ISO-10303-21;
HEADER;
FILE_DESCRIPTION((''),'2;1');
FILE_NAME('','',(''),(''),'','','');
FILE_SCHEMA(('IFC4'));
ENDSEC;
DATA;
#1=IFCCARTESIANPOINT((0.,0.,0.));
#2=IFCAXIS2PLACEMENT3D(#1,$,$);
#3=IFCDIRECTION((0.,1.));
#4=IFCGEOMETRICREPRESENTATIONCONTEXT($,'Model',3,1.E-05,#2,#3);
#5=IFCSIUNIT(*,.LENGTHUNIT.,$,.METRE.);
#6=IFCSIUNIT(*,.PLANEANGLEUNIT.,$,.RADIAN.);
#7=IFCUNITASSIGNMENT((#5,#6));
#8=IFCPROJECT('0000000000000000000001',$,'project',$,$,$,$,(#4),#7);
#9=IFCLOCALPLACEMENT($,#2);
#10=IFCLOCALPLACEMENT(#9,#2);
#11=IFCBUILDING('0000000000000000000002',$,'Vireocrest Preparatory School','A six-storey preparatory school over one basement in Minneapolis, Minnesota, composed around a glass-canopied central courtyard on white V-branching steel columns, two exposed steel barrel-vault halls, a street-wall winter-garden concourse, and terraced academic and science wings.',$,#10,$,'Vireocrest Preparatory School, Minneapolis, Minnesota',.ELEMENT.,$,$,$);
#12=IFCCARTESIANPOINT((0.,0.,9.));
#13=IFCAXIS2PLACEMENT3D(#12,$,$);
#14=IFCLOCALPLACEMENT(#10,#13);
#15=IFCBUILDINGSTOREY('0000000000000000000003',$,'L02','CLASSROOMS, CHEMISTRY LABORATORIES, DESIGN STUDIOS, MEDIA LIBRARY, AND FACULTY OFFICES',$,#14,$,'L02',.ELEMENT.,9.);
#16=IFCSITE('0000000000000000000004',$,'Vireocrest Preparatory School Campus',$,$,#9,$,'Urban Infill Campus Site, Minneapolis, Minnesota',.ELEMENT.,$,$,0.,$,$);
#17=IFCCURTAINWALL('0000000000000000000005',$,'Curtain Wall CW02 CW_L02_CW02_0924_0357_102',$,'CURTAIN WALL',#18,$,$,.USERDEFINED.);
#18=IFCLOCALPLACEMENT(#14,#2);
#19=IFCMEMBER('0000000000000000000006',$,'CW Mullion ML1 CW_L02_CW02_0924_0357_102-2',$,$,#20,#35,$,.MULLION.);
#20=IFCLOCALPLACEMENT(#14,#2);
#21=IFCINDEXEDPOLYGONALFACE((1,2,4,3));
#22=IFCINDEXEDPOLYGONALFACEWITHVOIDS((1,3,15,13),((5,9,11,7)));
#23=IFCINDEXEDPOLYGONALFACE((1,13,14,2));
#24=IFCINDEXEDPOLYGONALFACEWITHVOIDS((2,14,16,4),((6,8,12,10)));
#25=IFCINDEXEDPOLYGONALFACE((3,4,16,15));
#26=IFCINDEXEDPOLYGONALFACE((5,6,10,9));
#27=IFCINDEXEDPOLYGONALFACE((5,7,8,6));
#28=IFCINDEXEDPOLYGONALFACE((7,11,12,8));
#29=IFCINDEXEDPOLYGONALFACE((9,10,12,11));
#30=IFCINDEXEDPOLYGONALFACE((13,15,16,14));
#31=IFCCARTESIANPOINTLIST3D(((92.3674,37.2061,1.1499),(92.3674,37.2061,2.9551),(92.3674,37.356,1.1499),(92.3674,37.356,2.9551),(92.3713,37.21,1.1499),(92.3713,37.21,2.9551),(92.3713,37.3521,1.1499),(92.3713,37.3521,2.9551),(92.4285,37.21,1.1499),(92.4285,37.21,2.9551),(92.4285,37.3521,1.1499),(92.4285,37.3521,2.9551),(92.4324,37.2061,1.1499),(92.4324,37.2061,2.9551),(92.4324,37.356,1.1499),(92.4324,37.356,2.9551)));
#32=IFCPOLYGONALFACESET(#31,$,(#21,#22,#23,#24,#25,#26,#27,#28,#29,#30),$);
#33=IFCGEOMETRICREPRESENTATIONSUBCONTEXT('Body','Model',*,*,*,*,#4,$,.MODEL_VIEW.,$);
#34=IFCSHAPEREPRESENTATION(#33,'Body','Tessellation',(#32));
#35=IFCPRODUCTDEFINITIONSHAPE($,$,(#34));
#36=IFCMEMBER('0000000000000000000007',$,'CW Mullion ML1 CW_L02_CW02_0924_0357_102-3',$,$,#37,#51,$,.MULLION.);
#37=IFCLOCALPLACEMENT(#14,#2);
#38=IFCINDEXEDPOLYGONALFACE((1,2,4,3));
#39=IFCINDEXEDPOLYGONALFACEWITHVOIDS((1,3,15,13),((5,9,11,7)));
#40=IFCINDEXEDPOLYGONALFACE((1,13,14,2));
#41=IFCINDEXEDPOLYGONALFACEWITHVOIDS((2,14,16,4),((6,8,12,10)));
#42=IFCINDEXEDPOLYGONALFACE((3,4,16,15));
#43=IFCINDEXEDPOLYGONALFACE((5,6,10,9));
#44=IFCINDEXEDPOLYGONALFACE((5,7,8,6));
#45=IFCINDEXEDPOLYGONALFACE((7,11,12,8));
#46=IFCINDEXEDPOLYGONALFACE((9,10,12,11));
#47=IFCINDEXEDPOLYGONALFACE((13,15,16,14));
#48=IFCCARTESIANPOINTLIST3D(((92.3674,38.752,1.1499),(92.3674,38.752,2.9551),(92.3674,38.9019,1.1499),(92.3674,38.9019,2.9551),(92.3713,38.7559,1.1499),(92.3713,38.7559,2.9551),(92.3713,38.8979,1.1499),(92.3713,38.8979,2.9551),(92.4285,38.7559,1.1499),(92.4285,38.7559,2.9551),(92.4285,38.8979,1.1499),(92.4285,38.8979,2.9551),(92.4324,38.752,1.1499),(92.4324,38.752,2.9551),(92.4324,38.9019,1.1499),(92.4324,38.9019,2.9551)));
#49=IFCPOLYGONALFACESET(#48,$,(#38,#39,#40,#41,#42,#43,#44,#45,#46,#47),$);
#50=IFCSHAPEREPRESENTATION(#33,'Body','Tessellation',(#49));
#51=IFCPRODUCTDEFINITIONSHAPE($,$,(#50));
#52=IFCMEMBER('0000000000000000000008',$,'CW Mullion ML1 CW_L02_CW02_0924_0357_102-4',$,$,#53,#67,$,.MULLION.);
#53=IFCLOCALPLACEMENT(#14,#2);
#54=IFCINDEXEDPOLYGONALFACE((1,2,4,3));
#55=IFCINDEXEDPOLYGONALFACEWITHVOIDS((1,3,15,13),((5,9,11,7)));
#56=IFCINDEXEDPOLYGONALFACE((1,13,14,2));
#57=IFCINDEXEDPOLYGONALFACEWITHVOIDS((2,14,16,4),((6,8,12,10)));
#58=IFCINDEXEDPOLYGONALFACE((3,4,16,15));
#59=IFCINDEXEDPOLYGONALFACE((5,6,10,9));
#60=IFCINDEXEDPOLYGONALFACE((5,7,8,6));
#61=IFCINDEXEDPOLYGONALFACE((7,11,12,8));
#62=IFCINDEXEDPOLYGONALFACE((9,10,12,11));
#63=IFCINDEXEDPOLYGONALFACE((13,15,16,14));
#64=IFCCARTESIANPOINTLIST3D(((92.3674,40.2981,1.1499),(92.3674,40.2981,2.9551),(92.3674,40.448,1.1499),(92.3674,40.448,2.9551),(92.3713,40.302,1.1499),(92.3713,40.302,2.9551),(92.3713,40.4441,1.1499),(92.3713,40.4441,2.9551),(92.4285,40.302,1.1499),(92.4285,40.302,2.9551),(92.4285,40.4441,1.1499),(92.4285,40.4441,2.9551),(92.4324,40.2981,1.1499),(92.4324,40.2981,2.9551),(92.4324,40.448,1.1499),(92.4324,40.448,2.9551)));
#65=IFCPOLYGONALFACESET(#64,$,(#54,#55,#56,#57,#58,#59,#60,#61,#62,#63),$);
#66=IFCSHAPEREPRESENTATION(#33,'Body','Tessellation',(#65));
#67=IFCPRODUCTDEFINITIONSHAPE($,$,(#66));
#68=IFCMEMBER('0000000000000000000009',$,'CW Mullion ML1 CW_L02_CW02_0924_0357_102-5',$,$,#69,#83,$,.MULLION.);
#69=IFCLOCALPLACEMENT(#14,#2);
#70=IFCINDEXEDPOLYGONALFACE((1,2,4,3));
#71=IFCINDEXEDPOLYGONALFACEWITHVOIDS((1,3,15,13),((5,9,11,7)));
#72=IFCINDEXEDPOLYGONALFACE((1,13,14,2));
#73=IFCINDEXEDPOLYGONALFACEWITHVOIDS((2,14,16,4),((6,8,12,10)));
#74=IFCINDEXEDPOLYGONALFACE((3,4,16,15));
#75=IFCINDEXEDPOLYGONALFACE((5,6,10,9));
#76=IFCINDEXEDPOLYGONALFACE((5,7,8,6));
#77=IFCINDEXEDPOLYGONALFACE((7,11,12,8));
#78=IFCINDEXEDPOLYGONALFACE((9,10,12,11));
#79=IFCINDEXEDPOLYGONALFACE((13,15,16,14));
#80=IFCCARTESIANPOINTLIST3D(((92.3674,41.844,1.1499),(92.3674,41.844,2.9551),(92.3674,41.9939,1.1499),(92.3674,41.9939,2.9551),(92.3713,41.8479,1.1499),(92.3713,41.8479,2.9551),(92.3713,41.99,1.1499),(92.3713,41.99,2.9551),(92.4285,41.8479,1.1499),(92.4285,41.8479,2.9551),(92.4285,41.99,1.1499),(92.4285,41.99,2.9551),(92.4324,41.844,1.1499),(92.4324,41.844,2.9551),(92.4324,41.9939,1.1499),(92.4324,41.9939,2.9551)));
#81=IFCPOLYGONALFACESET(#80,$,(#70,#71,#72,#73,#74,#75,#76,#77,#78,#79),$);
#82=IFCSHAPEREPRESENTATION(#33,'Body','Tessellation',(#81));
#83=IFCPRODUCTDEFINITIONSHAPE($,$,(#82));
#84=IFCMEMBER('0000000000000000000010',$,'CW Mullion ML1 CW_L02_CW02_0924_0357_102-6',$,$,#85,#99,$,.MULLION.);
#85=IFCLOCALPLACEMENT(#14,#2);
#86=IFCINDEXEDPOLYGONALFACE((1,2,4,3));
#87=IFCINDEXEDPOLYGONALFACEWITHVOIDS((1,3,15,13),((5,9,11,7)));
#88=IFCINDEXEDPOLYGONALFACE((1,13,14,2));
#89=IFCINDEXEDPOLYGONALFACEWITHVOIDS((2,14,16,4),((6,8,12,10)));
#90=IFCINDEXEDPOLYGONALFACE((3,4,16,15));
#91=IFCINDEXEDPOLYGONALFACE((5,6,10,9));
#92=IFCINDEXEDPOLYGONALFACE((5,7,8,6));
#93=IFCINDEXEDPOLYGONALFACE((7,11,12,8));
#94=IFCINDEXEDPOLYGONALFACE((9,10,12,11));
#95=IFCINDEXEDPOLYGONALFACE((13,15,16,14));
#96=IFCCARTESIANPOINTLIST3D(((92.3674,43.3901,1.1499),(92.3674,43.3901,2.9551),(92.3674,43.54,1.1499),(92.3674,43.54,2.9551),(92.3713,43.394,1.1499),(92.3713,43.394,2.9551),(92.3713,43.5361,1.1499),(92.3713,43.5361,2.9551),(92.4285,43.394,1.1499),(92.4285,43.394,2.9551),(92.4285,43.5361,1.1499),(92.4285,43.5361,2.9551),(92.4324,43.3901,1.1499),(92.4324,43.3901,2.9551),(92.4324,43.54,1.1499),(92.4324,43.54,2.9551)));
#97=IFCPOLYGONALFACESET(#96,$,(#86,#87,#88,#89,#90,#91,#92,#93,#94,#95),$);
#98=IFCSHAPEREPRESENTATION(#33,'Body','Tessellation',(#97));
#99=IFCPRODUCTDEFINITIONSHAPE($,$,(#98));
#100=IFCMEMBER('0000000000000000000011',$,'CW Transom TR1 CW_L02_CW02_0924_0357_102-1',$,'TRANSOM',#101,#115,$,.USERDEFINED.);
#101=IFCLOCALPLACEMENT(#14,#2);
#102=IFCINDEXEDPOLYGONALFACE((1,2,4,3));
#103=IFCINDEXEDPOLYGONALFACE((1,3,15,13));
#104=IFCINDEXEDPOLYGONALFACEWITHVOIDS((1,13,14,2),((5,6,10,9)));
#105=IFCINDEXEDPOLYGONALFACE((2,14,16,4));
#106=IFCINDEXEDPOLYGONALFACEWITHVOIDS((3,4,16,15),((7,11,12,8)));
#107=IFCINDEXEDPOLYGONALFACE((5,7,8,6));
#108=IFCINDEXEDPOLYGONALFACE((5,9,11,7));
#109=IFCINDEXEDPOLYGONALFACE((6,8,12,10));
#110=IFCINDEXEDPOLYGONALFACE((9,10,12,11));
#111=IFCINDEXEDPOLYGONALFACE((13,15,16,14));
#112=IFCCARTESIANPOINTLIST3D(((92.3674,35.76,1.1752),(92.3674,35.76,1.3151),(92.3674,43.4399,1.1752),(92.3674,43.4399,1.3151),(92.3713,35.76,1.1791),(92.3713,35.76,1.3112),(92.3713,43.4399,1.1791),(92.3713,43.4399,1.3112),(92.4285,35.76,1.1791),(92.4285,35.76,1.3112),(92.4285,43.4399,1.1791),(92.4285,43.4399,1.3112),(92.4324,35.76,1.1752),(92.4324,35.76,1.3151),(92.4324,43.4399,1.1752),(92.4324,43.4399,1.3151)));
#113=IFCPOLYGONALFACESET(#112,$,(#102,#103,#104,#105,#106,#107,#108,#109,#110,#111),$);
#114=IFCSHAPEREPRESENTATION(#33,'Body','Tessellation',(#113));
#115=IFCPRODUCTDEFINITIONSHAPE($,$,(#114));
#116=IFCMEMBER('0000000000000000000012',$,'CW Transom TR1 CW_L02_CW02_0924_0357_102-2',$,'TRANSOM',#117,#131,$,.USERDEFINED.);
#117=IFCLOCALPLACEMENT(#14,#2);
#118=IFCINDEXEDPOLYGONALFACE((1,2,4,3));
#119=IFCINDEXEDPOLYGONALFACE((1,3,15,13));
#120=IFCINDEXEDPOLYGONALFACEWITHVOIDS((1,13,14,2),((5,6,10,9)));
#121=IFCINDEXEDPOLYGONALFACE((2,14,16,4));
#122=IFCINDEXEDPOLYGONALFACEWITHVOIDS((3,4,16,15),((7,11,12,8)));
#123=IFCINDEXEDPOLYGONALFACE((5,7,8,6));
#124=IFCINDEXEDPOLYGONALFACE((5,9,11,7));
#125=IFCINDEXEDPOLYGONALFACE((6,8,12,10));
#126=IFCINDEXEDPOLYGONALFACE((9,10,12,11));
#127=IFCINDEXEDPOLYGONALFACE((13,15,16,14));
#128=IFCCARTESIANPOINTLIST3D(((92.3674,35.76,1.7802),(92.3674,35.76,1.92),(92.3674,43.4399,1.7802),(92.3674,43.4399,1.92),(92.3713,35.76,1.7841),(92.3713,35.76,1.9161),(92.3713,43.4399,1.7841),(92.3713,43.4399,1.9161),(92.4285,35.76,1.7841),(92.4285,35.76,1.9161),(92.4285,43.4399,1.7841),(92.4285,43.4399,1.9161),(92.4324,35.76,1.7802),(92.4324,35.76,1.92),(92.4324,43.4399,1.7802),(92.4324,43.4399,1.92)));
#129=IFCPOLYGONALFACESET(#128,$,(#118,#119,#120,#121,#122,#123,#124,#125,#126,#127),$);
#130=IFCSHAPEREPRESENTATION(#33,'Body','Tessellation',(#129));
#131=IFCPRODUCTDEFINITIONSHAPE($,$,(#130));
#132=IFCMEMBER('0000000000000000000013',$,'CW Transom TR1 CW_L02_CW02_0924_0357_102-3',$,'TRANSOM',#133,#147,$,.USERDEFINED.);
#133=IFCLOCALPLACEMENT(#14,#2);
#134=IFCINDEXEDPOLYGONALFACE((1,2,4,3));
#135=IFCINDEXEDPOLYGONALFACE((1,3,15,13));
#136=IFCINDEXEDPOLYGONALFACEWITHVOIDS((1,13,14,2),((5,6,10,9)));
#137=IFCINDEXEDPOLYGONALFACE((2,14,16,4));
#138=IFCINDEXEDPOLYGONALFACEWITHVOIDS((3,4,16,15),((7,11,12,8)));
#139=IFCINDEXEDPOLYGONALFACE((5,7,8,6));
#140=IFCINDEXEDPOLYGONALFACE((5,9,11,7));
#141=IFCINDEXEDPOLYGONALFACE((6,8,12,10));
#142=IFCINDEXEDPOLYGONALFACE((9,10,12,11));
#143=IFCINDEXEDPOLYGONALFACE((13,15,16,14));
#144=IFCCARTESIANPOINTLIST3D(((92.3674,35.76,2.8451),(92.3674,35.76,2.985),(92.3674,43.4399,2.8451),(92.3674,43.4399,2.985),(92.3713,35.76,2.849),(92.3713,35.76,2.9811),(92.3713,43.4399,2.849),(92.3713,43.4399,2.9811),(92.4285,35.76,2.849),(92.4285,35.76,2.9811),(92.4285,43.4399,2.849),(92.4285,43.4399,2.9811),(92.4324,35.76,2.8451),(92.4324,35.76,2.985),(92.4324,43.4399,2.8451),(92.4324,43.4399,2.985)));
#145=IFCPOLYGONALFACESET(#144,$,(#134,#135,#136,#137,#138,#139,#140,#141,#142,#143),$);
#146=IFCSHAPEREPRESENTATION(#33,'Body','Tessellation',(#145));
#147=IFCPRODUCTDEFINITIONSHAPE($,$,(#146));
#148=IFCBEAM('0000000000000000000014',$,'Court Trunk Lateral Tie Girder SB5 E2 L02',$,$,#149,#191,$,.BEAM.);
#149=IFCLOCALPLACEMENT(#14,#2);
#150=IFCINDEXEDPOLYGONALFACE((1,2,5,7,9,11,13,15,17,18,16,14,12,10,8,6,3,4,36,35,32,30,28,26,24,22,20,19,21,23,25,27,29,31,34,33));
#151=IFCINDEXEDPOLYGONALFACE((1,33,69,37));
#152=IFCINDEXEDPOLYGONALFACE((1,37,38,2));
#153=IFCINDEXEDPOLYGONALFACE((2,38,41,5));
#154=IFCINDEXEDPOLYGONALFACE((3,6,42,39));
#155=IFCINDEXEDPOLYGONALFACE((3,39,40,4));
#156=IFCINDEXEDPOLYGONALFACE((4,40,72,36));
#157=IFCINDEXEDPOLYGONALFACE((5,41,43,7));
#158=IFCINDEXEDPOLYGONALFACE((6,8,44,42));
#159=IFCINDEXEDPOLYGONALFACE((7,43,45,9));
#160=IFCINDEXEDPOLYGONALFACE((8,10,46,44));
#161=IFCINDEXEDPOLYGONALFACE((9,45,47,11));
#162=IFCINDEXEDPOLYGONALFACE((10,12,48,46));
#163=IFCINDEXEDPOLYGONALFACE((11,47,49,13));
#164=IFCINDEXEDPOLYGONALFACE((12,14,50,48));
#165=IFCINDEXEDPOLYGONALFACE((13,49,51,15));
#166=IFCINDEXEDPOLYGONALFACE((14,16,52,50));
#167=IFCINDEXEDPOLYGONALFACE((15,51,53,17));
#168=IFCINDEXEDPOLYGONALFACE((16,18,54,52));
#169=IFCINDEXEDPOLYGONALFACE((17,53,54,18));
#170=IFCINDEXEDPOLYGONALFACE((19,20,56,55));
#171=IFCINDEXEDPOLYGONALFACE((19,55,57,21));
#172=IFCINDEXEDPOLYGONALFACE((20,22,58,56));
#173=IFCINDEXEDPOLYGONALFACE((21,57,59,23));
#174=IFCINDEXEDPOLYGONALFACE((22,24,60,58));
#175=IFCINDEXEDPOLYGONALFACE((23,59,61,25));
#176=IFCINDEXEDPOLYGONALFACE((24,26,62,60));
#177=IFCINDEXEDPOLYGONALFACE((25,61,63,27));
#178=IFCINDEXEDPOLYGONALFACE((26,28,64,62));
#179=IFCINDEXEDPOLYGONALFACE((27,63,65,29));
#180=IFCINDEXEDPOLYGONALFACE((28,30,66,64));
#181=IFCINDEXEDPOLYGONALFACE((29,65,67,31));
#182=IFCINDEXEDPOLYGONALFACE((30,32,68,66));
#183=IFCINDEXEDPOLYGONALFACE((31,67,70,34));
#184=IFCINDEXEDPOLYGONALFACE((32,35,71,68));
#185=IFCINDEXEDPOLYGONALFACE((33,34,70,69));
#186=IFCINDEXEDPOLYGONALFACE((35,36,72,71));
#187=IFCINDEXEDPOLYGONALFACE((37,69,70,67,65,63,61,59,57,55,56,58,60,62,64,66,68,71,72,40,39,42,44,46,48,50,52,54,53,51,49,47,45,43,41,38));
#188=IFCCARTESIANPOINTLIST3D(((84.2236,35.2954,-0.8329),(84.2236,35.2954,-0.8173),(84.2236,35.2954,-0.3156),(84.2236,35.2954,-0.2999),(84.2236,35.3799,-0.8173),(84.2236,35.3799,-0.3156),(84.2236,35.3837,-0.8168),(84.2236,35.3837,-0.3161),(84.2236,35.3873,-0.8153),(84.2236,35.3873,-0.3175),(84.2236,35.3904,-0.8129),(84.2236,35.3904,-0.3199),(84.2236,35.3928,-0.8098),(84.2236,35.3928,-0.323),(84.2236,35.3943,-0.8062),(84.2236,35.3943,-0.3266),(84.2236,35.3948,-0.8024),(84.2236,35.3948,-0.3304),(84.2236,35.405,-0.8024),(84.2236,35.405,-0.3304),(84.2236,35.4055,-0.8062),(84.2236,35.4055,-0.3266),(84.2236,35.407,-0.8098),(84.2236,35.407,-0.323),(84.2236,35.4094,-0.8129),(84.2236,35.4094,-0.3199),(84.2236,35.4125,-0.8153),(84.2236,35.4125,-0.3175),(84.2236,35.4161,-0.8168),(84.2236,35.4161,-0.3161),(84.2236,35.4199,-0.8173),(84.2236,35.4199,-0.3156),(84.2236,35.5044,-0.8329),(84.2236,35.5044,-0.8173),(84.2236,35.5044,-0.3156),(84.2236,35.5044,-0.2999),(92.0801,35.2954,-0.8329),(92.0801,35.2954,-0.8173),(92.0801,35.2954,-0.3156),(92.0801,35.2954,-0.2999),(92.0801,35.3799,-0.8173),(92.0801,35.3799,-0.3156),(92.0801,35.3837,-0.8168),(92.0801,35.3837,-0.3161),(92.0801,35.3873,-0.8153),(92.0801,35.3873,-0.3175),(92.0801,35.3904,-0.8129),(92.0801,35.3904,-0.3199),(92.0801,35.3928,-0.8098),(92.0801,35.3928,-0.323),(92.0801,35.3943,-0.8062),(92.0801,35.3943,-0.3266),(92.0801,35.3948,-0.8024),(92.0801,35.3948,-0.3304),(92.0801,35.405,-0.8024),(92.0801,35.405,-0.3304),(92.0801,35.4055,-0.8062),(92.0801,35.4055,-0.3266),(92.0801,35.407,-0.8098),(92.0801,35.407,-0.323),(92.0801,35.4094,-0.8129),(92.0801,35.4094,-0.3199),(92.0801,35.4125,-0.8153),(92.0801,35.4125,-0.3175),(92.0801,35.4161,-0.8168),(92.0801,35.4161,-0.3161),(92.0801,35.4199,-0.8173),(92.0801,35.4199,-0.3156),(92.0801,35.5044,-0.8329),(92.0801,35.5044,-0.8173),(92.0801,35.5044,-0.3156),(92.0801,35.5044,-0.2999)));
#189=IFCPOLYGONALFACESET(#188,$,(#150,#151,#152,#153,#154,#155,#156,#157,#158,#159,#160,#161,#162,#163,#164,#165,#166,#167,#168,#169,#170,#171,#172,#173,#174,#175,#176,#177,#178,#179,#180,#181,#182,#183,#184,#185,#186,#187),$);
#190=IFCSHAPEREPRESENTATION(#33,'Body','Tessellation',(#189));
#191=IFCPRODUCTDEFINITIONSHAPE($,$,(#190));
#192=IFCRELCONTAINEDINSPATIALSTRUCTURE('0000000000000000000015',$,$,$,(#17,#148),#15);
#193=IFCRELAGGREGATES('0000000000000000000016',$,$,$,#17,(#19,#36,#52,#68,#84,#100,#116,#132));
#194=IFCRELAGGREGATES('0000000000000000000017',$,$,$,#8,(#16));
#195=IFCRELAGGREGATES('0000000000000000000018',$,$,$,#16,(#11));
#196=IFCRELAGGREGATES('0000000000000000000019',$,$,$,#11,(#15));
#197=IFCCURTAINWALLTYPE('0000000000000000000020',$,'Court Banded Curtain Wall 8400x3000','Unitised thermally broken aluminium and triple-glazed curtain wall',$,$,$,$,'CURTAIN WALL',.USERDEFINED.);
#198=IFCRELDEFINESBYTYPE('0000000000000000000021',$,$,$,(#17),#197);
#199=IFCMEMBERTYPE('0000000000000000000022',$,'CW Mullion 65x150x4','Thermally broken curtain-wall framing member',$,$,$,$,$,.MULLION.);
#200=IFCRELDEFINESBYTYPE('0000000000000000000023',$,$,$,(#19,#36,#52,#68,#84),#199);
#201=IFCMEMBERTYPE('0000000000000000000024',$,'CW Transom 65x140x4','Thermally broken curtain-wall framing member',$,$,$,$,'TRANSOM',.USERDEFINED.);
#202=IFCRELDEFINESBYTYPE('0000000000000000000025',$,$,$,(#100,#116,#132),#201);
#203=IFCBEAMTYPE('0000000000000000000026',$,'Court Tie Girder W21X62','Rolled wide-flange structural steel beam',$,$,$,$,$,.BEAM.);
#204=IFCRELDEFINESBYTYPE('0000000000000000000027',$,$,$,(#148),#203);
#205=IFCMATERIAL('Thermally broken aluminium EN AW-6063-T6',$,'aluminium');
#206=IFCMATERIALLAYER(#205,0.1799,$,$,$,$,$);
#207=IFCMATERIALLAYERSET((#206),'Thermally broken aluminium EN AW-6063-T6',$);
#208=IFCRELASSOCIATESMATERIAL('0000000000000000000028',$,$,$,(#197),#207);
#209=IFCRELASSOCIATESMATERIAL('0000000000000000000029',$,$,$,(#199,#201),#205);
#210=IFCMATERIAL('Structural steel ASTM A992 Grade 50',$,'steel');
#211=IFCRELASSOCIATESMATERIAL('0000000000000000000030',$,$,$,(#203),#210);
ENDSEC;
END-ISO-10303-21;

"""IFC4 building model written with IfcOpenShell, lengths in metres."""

from ifc_helpers import new_model, si_unit, direction, frame, origin, origin_2d, place, context, subcontext, project, spatial, hollow_rectangle, i_section, extrude, material, layer, layer_set, material_profile, profile_set, type_object, element, aggregate, save


model = new_model("IFC4")

# Units and contexts
model_context = context("Model", 3, precision=1e-05, world=origin(), true_north=direction((0.0, 1.0)))
body_context = subcontext(model_context, "Body", "Model", "MODEL_VIEW")
ifc_project = project(units=[si_unit("LENGTHUNIT", "METRE"), si_unit("PLANEANGLEUNIT", "RADIAN")], contexts=[model_context])

# Site, building, storey
site_placement = place(None, origin())
site = spatial("IfcSite", under=ifc_project, at=site_placement, Name="Vireocrest Preparatory School Campus", LongName="Urban Infill Campus Site, Minneapolis, Minnesota", CompositionType="ELEMENT", RefElevation=0.0)
building_placement = place(site_placement, origin())
building = spatial("IfcBuilding", under=site, at=building_placement, Name="Vireocrest Preparatory School", Description="A six-storey preparatory school over one basement in Minneapolis, Minnesota, composed around a glass-canopied central courtyard on white V-branching steel columns, two exposed steel barrel-vault halls, a street-wall winter-garden concourse, and terraced academic and science wings.", LongName="Vireocrest Preparatory School, Minneapolis, Minnesota", CompositionType="ELEMENT")
storey_placement = place(building_placement, frame((0.0, 0.0, 9.0)))
storey = spatial("IfcBuildingStorey", under=building, at=storey_placement, Name="L02", Description="CLASSROOMS, CHEMISTRY LABORATORIES, DESIGN STUDIOS, MEDIA LIBRARY, AND FACULTY OFFICES", LongName="L02", CompositionType="ELEMENT", Elevation=9.0)

# Curtain wall, members
ifc_material_1 = material(Name="Thermally broken aluminium EN AW-6063-T6", Category="aluminium")
ifc_layer_1 = layer(ifc_material_1, 0.1799)
ifc_layer_set_1 = layer_set([ifc_layer_1], Name="Thermally broken aluminium EN AW-6063-T6")
curtain_wall_type = type_object("IfcCurtainWallType", Name="Court Banded Curtain Wall 8400x3000", Description="Unitised thermally broken aluminium and triple-glazed curtain wall", ElementType="CURTAIN WALL", PredefinedType="USERDEFINED", material=ifc_layer_set_1)
ifc_material_profile_1 = material_profile(ifc_material_1, hollow_rectangle(XDim=0.0649, YDim=0.1499, WallThickness=0.0039, at=origin_2d()), Name="ALU 65x150x4")
ifc_profile_set_1 = profile_set([ifc_material_profile_1], Name="Thermally broken aluminium EN AW-6063-T6")
member_type_1 = type_object("IfcMemberType", Name="CW Mullion 65x150x4", Description="Thermally broken curtain-wall framing member", PredefinedType="MULLION", material=ifc_profile_set_1)
curtain_wall_1_placement = place(storey_placement, origin())
curtain_wall_1 = element("IfcCurtainWall", 1, at=curtain_wall_1_placement, inside=storey, type_object=curtain_wall_type, Name="Curtain Wall CW02 CW_L02_CW02_0924_0357_102", ObjectType="CURTAIN WALL", PredefinedType="USERDEFINED")
member_1_placement = place(storey_placement, frame((92.3999, 37.281, 1.1499), z_axis=(0.0, 0.0, 1.0), x_axis=(1.0, 0.0, 0.0)))
member_1 = element("IfcMember", 2, at=member_1_placement, type_object=member_type_1, Name="CW Mullion ML1 CW_L02_CW02_0924_0357_102-2", PredefinedType="MULLION", context=body_context, shape_type="SweptSolid", body=[
    extrude(hollow_rectangle(XDim=0.0649, YDim=0.1499, WallThickness=0.0039, at=origin_2d()), origin(), (0.0, 0.0, 1.0), 1.8052),
])
member_2_placement = place(storey_placement, frame((92.3999, 38.8269, 1.1499), z_axis=(0.0, 0.0, 1.0), x_axis=(1.0, 0.0, 0.0)))
member_2 = element("IfcMember", 3, at=member_2_placement, type_object=member_type_1, Name="CW Mullion ML1 CW_L02_CW02_0924_0357_102-3", PredefinedType="MULLION", context=body_context, shape_type="SweptSolid", body=[
    extrude(hollow_rectangle(XDim=0.0649, YDim=0.1499, WallThickness=0.0039, at=origin_2d()), origin(), (0.0, 0.0, 1.0), 1.8052),
])
member_3_placement = place(storey_placement, frame((92.3999, 40.373, 1.1499), z_axis=(0.0, 0.0, 1.0), x_axis=(1.0, 0.0, 0.0)))
member_3 = element("IfcMember", 4, at=member_3_placement, type_object=member_type_1, Name="CW Mullion ML1 CW_L02_CW02_0924_0357_102-4", PredefinedType="MULLION", context=body_context, shape_type="SweptSolid", body=[
    extrude(hollow_rectangle(XDim=0.0649, YDim=0.1499, WallThickness=0.0039, at=origin_2d()), origin(), (0.0, 0.0, 1.0), 1.8052),
])
member_4_placement = place(storey_placement, frame((92.3999, 41.9189, 1.1499), z_axis=(0.0, 0.0, 1.0), x_axis=(1.0, 0.0, 0.0)))
member_4 = element("IfcMember", 5, at=member_4_placement, type_object=member_type_1, Name="CW Mullion ML1 CW_L02_CW02_0924_0357_102-5", PredefinedType="MULLION", context=body_context, shape_type="SweptSolid", body=[
    extrude(hollow_rectangle(XDim=0.0649, YDim=0.1499, WallThickness=0.0039, at=origin_2d()), origin(), (0.0, 0.0, 1.0), 1.8052),
])
member_5_placement = place(storey_placement, frame((92.3999, 43.4651, 1.1499), z_axis=(0.0, 0.0, 1.0), x_axis=(1.0, 0.0, 0.0)))
member_5 = element("IfcMember", 6, at=member_5_placement, type_object=member_type_1, Name="CW Mullion ML1 CW_L02_CW02_0924_0357_102-6", PredefinedType="MULLION", context=body_context, shape_type="SweptSolid", body=[
    extrude(hollow_rectangle(XDim=0.0649, YDim=0.1499, WallThickness=0.0039, at=origin_2d()), origin(), (0.0, 0.0, 1.0), 1.8052),
])
ifc_material_profile_2 = material_profile(ifc_material_1, hollow_rectangle(XDim=0.0649, YDim=0.1399, WallThickness=0.0039, at=origin_2d()), Name="ALU 65x140x4")
ifc_profile_set_2 = profile_set([ifc_material_profile_2], Name="Thermally broken aluminium EN AW-6063-T6")
member_type_2 = type_object("IfcMemberType", Name="CW Transom 65x140x4", Description="Thermally broken curtain-wall framing member", ElementType="TRANSOM", PredefinedType="USERDEFINED", material=ifc_profile_set_2)
member_6_placement = place(storey_placement, frame((92.3999, 35.76, 1.2451), z_axis=(0.0, 1.0, 0.0), x_axis=(-1.0, 0.0, 0.0)))
member_6 = element("IfcMember", 7, at=member_6_placement, type_object=member_type_2, Name="CW Transom TR1 CW_L02_CW02_0924_0357_102-1", ObjectType="TRANSOM", PredefinedType="USERDEFINED", context=body_context, shape_type="SweptSolid", body=[
    extrude(hollow_rectangle(XDim=0.0649, YDim=0.1399, WallThickness=0.0039, at=origin_2d()), origin(), (0.0, 0.0, 1.0), 7.6799),
])
member_7_placement = place(storey_placement, frame((92.3999, 35.76, 1.8501), z_axis=(0.0, 1.0, 0.0), x_axis=(-1.0, 0.0, 0.0)))
member_7 = element("IfcMember", 8, at=member_7_placement, type_object=member_type_2, Name="CW Transom TR1 CW_L02_CW02_0924_0357_102-2", ObjectType="TRANSOM", PredefinedType="USERDEFINED", context=body_context, shape_type="SweptSolid", body=[
    extrude(hollow_rectangle(XDim=0.0649, YDim=0.1399, WallThickness=0.0039, at=origin_2d()), origin(), (0.0, 0.0, 1.0), 7.6799),
])
member_8_placement = place(storey_placement, frame((92.3999, 35.76, 2.915), z_axis=(0.0, 1.0, 0.0), x_axis=(-1.0, 0.0, 0.0)))
member_8 = element("IfcMember", 9, at=member_8_placement, type_object=member_type_2, Name="CW Transom TR1 CW_L02_CW02_0924_0357_102-3", ObjectType="TRANSOM", PredefinedType="USERDEFINED", context=body_context, shape_type="SweptSolid", body=[
    extrude(hollow_rectangle(XDim=0.0649, YDim=0.1399, WallThickness=0.0039, at=origin_2d()), origin(), (0.0, 0.0, 1.0), 7.6799),
])

# Beam
ifc_material_2 = material(Name="Structural steel ASTM A992 Grade 50", Category="steel")
ifc_material_profile_3 = material_profile(ifc_material_2, i_section(OverallWidth=0.209, OverallDepth=0.533, WebThickness=0.0103, FlangeThickness=0.0156, FilletRadius=0.0149, at=origin_2d()), Name="W21X62")
ifc_profile_set_3 = profile_set([ifc_material_profile_3], Name="Structural steel ASTM A992 Grade 50")
beam_type_1 = type_object("IfcBeamType", Name="Court Tie Girder W21X62", Description="Rolled wide-flange structural steel beam", PredefinedType="BEAM", material=ifc_profile_set_3)
for number, where, z_axis, x_axis, name in (
    (10, (84.2236, 35.3999, -0.5664), (1.0, 0.0, 0.0), (0.0, 1.0, 0.0), "Court Trunk Lateral Tie Girder SB5 E2 L02"),
):
    element("IfcBeam", number, at=place(storey_placement, frame(where, z_axis=z_axis, x_axis=x_axis)), inside=storey, type_object=beam_type_1, Name=name, PredefinedType="BEAM", context=body_context, shape_type="SweptSolid", body=[
        extrude(i_section(OverallWidth=0.209, OverallDepth=0.533, WebThickness=0.0103, FlangeThickness=0.0156, FilletRadius=0.0149, at=origin_2d()), origin(), (0.0, 0.0, 1.0), 7.8564),
    ])

aggregate(curtain_wall_1, [member_1, member_2, member_3, member_4, member_5, member_6, member_7, member_8])

save(model, "model.ifc")
